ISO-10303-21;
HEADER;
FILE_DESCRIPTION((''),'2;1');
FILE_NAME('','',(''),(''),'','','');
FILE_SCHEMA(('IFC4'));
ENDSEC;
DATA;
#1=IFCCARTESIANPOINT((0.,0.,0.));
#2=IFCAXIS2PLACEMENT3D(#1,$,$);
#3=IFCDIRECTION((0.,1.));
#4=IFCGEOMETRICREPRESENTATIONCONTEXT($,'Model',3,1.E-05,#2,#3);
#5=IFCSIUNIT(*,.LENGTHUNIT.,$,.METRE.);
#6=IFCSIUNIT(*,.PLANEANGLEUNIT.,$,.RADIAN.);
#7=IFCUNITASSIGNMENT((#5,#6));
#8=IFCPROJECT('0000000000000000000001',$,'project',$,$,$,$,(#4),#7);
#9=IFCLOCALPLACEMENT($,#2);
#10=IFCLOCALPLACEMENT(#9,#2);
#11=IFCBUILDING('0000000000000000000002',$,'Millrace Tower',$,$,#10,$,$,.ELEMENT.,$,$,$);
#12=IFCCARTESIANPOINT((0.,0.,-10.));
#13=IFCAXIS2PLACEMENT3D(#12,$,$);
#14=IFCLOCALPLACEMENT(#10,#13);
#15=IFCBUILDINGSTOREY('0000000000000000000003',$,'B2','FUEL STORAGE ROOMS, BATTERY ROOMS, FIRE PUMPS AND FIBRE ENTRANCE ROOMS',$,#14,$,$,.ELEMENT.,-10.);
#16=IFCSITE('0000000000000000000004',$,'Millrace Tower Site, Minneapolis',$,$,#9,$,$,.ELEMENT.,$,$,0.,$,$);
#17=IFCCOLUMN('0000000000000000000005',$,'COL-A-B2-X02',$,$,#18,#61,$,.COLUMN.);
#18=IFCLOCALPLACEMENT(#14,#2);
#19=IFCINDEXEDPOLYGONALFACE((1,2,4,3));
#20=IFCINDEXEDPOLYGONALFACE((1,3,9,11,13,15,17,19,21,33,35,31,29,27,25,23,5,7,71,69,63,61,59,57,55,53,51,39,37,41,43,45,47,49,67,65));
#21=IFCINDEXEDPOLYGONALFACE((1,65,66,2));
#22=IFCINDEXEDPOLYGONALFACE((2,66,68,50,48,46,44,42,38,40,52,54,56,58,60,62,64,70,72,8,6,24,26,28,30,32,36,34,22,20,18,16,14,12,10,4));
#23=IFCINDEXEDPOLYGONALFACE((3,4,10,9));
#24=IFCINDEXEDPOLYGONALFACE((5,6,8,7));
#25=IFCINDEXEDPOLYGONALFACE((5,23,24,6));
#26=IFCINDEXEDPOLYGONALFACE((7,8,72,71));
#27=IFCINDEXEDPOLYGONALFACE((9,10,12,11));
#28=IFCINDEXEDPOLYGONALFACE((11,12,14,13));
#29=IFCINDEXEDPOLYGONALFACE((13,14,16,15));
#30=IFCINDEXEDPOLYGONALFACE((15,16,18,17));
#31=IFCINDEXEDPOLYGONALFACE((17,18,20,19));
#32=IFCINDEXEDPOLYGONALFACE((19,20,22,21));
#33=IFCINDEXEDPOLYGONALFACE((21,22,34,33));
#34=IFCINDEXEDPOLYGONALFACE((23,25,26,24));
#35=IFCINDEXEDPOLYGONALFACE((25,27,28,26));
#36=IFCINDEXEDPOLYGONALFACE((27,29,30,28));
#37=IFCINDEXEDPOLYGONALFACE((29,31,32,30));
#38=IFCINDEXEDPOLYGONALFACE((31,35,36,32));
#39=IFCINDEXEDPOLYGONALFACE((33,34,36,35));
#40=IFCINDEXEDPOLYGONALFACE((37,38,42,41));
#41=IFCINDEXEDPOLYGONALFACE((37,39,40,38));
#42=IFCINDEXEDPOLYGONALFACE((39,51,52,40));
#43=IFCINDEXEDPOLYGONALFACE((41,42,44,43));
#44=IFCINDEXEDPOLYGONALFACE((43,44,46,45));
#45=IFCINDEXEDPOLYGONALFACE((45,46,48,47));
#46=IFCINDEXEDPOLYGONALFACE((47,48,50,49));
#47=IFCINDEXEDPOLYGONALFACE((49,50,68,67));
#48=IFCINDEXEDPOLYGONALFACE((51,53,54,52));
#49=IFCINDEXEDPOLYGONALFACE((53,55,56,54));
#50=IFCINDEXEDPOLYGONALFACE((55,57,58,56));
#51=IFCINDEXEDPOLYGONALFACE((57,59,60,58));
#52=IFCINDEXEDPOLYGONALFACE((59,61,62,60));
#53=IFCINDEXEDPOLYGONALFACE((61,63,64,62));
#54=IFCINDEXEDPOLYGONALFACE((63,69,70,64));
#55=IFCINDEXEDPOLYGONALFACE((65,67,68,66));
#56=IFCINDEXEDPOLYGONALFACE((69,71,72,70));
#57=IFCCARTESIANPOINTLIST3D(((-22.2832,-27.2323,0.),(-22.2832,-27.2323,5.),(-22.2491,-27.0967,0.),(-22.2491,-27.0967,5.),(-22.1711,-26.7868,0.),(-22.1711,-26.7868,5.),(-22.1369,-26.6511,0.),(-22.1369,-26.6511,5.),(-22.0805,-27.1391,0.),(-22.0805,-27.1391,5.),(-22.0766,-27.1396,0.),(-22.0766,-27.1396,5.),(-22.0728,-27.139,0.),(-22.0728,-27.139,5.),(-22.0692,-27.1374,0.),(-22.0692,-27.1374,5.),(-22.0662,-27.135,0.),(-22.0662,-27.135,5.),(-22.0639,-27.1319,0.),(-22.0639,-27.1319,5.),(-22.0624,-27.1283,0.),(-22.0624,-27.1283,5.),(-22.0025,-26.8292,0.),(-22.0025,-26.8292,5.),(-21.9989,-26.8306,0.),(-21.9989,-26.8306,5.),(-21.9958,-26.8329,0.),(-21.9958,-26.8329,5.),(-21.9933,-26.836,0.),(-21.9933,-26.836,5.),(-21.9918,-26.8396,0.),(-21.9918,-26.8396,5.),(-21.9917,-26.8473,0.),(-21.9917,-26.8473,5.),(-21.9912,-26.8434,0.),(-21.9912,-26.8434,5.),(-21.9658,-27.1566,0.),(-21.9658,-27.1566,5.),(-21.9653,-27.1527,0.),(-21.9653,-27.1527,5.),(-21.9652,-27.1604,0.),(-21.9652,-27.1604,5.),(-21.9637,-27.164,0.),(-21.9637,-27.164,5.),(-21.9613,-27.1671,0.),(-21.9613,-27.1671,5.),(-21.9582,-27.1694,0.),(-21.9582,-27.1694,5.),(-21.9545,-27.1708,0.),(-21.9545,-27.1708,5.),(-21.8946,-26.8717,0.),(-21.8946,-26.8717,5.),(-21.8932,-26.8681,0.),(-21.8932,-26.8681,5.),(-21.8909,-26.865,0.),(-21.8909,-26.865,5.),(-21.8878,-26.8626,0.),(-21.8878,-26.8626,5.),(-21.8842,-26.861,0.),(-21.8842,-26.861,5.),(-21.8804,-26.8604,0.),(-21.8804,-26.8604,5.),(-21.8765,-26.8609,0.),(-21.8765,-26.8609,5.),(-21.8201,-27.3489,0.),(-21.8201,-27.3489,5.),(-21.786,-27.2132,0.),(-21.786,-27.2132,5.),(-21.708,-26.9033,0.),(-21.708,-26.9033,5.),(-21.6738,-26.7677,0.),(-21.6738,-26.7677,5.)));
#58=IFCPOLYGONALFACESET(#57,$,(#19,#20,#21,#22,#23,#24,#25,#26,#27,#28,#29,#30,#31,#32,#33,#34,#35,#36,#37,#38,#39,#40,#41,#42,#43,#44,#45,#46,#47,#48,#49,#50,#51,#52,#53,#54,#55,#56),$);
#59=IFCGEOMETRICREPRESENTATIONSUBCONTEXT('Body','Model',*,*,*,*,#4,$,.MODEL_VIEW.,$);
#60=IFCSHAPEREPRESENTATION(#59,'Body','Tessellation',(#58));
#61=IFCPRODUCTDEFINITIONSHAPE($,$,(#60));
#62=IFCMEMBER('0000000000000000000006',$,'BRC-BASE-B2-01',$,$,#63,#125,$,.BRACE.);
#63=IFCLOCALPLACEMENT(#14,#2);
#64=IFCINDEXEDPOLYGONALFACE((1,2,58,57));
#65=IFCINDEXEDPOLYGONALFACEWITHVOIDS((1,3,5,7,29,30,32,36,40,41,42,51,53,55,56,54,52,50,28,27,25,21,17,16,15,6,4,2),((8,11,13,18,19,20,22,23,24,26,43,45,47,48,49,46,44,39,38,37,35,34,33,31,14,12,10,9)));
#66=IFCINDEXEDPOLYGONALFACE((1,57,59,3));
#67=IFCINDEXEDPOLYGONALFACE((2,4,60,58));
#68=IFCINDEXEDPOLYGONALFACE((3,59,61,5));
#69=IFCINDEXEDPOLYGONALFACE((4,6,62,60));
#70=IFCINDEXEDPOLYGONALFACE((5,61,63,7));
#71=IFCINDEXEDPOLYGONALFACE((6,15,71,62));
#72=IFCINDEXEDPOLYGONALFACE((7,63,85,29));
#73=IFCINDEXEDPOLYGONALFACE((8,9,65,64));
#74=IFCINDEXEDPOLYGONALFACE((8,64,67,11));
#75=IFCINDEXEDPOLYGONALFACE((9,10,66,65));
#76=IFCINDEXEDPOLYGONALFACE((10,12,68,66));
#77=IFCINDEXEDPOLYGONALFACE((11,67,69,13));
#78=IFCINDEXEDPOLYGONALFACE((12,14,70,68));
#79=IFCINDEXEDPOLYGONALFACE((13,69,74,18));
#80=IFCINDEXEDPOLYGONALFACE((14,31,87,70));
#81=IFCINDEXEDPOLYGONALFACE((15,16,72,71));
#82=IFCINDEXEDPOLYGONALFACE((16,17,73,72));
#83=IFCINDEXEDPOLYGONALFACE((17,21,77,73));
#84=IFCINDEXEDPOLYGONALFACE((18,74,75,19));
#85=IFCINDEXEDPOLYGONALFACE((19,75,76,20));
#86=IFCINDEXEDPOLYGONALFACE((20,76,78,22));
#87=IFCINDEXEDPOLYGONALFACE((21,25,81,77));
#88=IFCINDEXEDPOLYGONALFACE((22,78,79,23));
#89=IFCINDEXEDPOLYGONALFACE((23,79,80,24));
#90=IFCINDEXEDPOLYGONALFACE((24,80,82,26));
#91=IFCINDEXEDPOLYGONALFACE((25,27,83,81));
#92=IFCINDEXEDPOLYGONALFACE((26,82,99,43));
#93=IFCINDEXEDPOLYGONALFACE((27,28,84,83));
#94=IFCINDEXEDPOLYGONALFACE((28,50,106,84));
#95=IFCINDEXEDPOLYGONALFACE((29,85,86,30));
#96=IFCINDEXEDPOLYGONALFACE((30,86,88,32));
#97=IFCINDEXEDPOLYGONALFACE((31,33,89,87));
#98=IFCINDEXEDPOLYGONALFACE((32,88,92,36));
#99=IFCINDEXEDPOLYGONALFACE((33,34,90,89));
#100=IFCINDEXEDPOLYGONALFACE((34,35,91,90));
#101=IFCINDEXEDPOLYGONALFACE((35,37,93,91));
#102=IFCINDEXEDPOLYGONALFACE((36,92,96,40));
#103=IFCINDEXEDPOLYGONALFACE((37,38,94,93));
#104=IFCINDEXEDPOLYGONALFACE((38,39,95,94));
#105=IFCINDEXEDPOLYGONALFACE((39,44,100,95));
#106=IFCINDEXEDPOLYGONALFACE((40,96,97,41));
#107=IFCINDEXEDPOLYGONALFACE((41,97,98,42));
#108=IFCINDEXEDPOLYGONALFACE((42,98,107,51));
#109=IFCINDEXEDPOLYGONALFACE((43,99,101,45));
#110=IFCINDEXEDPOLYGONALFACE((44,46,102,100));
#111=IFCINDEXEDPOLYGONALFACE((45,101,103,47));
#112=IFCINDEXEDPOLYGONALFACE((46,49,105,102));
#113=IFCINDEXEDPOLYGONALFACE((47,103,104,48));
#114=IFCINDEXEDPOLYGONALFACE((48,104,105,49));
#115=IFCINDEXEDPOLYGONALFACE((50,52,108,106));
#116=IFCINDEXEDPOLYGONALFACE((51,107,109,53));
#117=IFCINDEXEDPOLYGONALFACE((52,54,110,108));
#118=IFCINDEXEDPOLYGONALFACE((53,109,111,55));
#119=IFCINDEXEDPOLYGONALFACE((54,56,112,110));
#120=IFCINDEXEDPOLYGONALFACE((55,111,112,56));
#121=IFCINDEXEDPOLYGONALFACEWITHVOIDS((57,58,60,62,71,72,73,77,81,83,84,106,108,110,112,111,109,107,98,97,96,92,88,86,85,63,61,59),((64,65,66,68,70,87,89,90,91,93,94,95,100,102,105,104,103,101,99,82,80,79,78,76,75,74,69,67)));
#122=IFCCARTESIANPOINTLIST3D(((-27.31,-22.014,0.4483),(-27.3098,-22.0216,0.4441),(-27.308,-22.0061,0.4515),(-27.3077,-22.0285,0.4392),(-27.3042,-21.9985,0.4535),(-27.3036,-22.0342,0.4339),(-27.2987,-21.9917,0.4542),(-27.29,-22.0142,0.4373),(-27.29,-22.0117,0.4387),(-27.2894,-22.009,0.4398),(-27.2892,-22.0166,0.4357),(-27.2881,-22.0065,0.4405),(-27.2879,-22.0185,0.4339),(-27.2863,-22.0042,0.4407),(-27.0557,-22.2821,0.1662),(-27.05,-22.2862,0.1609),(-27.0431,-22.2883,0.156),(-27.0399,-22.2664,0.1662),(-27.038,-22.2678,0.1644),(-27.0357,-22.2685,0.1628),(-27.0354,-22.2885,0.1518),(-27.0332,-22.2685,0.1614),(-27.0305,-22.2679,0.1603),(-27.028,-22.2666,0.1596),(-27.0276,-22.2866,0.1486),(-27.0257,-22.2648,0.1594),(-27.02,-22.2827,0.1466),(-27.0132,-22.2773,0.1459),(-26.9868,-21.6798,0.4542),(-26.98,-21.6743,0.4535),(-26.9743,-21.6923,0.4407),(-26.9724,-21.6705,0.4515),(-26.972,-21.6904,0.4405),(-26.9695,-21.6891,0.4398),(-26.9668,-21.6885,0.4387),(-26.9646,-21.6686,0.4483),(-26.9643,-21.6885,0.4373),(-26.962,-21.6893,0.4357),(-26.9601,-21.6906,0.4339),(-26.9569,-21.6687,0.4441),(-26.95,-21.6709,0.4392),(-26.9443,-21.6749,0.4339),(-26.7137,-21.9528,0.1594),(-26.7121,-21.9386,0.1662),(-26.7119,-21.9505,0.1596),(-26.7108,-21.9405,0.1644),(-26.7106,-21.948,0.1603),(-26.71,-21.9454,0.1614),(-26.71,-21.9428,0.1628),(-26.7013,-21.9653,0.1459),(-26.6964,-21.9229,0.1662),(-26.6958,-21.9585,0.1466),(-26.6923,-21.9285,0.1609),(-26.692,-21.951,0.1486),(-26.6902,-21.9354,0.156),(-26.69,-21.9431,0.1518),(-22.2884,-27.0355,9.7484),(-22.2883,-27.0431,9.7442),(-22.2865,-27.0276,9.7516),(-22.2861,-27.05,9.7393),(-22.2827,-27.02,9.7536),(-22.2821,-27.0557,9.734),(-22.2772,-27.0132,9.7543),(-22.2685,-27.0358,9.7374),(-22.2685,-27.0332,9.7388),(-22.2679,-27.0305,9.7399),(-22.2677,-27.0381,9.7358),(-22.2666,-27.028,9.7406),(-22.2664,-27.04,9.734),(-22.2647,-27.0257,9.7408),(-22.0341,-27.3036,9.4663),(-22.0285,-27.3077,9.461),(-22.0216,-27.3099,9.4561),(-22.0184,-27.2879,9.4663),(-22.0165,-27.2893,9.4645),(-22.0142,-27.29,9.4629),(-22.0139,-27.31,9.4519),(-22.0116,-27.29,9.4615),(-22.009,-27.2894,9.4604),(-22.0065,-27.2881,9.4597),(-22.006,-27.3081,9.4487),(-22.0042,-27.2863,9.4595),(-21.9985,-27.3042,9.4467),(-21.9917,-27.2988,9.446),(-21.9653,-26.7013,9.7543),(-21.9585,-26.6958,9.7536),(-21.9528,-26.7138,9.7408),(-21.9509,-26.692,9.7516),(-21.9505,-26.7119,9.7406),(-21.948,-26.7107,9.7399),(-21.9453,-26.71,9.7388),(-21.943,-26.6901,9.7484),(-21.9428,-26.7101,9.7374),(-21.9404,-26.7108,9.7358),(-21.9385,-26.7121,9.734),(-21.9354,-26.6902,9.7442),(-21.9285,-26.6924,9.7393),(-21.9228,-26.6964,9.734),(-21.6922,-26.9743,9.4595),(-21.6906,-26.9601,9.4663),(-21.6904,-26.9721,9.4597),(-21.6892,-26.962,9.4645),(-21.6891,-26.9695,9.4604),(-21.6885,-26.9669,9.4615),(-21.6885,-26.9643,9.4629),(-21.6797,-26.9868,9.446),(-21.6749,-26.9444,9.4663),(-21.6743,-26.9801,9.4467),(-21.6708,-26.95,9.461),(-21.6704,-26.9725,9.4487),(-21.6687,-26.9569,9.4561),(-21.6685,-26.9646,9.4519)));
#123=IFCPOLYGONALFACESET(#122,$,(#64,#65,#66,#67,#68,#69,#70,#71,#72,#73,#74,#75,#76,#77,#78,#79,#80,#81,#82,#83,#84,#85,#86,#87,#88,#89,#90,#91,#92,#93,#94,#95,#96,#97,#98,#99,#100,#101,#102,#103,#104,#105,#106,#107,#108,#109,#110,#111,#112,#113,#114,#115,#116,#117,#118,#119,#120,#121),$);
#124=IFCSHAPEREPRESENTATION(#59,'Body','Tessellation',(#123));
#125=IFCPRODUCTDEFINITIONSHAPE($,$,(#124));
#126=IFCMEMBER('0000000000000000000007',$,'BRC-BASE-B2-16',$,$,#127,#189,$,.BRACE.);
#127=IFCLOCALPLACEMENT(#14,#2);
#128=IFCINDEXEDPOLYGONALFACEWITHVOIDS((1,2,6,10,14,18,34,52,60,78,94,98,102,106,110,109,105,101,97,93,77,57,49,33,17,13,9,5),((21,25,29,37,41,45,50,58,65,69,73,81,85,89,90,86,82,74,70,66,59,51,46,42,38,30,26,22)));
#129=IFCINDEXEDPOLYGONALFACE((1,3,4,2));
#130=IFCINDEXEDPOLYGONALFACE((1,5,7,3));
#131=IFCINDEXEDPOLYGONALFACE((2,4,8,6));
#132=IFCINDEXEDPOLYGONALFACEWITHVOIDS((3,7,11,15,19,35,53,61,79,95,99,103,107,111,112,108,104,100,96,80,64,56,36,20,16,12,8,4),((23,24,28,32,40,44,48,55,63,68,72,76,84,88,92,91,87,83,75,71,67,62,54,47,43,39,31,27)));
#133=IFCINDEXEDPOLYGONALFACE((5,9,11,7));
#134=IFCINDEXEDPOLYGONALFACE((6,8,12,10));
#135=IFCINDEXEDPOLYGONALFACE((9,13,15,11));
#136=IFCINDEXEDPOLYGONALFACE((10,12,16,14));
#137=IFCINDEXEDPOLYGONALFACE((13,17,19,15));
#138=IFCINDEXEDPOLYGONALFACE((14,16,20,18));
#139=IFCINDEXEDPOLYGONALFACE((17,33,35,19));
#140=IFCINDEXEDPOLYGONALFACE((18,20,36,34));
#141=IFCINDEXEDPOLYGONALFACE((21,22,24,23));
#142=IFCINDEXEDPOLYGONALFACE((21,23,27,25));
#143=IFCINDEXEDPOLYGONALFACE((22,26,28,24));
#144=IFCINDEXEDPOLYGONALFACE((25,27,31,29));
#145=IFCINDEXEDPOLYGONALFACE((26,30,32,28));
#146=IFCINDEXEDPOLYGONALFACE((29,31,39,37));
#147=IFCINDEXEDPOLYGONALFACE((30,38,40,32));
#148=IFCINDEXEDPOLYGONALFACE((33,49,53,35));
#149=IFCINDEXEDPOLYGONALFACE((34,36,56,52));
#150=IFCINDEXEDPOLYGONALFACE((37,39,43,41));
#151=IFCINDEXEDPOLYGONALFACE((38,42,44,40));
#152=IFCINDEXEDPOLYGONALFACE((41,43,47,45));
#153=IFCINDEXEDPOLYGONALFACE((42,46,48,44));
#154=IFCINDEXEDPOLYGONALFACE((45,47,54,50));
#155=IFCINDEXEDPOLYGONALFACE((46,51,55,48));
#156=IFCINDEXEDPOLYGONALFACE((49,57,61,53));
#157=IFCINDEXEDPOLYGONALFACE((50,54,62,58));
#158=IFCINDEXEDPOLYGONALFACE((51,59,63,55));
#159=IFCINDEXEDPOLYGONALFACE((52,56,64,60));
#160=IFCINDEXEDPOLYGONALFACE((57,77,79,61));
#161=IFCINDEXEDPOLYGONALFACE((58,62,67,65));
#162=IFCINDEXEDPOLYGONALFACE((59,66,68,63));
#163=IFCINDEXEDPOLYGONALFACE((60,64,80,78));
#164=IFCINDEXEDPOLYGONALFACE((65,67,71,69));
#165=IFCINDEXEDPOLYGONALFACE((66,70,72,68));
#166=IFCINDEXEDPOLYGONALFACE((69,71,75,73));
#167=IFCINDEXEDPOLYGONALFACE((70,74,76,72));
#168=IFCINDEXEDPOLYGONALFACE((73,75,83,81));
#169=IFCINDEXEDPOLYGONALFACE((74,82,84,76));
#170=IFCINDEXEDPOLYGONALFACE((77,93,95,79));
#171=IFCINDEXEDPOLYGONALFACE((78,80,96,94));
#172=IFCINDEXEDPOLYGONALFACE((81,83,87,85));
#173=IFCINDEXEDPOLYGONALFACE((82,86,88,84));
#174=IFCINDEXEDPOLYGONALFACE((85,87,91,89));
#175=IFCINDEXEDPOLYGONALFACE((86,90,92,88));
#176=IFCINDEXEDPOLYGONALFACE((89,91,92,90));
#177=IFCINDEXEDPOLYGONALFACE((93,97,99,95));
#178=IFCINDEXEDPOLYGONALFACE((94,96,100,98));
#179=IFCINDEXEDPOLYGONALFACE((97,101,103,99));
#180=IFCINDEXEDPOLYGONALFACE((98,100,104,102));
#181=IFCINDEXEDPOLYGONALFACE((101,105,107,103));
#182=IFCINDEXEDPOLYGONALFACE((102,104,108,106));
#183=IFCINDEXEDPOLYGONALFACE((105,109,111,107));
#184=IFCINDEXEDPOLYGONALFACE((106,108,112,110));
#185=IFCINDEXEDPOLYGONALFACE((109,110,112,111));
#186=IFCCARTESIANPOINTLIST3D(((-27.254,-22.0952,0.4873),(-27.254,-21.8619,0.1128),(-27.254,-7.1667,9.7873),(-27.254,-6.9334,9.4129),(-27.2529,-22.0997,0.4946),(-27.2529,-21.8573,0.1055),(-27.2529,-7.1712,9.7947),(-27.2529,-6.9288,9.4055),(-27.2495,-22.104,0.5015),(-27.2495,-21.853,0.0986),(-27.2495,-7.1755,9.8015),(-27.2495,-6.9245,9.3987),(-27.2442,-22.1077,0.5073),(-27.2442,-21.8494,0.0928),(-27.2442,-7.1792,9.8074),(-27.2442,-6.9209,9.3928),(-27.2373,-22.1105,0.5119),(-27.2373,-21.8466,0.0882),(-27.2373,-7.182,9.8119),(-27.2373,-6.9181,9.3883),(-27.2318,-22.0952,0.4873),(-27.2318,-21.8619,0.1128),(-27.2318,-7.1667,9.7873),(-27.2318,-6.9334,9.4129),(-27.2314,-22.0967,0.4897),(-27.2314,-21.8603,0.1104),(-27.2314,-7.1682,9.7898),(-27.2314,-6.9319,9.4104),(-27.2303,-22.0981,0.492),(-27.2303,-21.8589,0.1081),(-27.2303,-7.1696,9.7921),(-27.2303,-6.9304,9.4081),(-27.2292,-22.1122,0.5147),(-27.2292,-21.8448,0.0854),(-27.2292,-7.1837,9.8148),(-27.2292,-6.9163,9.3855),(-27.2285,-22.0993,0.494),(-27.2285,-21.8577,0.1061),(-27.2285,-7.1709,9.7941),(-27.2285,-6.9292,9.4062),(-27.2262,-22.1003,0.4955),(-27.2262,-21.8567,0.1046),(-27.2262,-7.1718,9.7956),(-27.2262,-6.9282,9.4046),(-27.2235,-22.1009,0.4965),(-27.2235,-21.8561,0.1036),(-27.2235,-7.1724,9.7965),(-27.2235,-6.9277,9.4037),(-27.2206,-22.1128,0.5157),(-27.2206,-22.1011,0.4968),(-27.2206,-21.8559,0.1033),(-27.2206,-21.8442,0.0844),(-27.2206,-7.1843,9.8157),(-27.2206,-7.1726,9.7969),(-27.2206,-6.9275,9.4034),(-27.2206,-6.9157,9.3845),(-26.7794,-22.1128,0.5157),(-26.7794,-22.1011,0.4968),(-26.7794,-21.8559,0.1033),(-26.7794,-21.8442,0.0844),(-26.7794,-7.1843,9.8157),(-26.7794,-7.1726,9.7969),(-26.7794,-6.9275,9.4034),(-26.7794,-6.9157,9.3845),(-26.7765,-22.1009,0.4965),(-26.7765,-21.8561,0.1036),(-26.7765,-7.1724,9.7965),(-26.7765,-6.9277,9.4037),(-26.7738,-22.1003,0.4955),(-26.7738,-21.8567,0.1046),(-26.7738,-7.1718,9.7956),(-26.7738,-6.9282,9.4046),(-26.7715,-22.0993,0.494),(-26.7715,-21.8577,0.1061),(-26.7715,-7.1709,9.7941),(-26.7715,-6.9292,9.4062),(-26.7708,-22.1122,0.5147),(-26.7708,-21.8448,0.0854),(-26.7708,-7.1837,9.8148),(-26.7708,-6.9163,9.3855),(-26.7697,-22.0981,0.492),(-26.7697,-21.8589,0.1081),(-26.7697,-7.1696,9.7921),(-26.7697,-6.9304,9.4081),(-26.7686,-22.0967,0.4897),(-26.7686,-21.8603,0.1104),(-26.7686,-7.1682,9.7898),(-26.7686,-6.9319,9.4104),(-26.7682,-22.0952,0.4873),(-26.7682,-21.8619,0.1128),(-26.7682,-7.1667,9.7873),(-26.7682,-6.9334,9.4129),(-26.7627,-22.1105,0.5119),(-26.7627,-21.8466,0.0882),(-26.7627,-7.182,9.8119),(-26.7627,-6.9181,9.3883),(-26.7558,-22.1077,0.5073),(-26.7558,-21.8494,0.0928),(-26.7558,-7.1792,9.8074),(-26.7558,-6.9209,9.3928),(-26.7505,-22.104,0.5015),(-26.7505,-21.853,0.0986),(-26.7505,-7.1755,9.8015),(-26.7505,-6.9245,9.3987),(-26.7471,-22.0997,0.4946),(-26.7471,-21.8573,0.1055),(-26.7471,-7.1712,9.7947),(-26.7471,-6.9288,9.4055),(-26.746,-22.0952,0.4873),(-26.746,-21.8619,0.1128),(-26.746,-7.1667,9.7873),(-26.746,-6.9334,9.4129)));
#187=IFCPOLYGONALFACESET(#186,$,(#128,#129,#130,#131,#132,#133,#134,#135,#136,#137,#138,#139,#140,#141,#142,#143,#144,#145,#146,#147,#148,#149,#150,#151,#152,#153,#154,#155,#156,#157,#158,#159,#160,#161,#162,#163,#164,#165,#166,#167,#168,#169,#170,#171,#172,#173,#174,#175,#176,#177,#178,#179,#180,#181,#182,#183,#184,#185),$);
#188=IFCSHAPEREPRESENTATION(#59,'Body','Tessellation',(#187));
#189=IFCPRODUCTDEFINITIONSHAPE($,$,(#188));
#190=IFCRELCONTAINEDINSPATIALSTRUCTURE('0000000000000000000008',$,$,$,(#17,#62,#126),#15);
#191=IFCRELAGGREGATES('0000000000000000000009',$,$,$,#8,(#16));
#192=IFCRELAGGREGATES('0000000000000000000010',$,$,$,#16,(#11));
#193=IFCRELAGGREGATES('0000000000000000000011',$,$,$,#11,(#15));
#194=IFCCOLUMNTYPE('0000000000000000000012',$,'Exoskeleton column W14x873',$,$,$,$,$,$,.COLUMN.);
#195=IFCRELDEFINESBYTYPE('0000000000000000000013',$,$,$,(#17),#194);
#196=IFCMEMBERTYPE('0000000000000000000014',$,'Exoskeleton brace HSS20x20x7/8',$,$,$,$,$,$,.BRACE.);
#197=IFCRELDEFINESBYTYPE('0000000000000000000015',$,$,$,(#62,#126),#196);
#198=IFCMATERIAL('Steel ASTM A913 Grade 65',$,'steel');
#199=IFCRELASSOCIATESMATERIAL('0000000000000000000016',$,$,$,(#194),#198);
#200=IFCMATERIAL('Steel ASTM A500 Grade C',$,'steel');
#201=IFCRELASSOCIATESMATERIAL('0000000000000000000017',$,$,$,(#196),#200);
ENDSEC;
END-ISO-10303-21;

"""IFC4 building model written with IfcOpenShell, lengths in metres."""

from ifc_helpers import new_model, si_unit, direction, frame, origin, origin_2d, place, context, subcontext, project, spatial, hollow_rectangle, i_section, extrude, material, material_profile, profile_set, type_object, element, save


model = new_model("IFC4")

# Units and contexts
model_context = context("Model", 3, precision=1e-05, world=origin(), true_north=direction((0.0, 1.0)))
body_context = subcontext(model_context, "Body", "Model", "MODEL_VIEW")
ifc_project = project(units=[si_unit("LENGTHUNIT", "METRE"), si_unit("PLANEANGLEUNIT", "RADIAN")], contexts=[model_context])

# Site, building, storey
site_placement = place(None, origin())
site = spatial("IfcSite", under=ifc_project, at=site_placement, Name="Millrace Tower Site, Minneapolis", CompositionType="ELEMENT", RefElevation=0.0)
building_placement = place(site_placement, origin())
building = spatial("IfcBuilding", under=site, at=building_placement, Name="Millrace Tower", CompositionType="ELEMENT")
storey_placement = place(building_placement, frame((0.0, 0.0, -10.0)))
storey = spatial("IfcBuildingStorey", under=building, at=storey_placement, Name="B2", Description="FUEL STORAGE ROOMS, BATTERY ROOMS, FIRE PUMPS AND FIBRE ENTRANCE ROOMS", CompositionType="ELEMENT", Elevation=-10.0)

# Column
ifc_material_1 = material(Name="Steel ASTM A913 Grade 65", Category="steel")
ifc_material_profile_1 = material_profile(ifc_material_1, i_section(OverallWidth=0.4775, OverallDepth=0.5994, WebThickness=0.1001, FlangeThickness=0.1399, FilletRadius=0.0149, at=origin_2d()))
ifc_profile_set_1 = profile_set([ifc_material_profile_1], Name="Steel ASTM A913 Grade 65")
column_type = type_object("IfcColumnType", Name="Exoskeleton column W14x873", PredefinedType="COLUMN", material=ifc_profile_set_1)
for number, where, z_axis, x_axis, name in (
    (1, (-21.9785, -27.0, 0.0), (0.0, 0.0, 1.0), (0.969752, -0.244094, 0.0), "COL-A-B2-X02"),
):
    element("IfcColumn", number, at=place(storey_placement, frame(where, z_axis=z_axis, x_axis=x_axis)), inside=storey, type_object=column_type, Name=name, PredefinedType="COLUMN", context=body_context, shape_type="SweptSolid", body=[
        extrude(i_section(OverallWidth=0.4775, OverallDepth=0.5994, WebThickness=0.1001, FlangeThickness=0.1399, FilletRadius=0.0149, at=origin_2d()), origin(), (0.0, 0.0, 1.0), 5.0),
    ])

# Members
ifc_material_2 = material(Name="Steel ASTM A500 Grade C", Category="steel")
ifc_material_profile_2 = material_profile(ifc_material_2, hollow_rectangle(XDim=0.5081, YDim=0.5081, WallThickness=0.0222, InnerFilletRadius=0.0112, OuterFilletRadius=0.0334, at=origin_2d()))
ifc_profile_set_2 = profile_set([ifc_material_profile_2], Name="Steel ASTM A500 Grade C")
member_type = type_object("IfcMemberType", Name="Exoskeleton brace HSS20x20x7/8", PredefinedType="BRACE", material=ifc_profile_set_2)
member_1_placement = place(storey_placement, frame((-27.0, -21.9785, 0.3), z_axis=(0.429137, -0.429137, 0.794784), x_axis=(0.707107, 0.707107, 0.0)))
element("IfcMember", 2, at=member_1_placement, inside=storey, type_object=member_type, Name="BRC-BASE-B2-01", PredefinedType="BRACE", context=body_context, shape_type="SweptSolid", body=[
    extrude(hollow_rectangle(XDim=0.5081, YDim=0.5081, WallThickness=0.0222, InnerFilletRadius=0.0112, OuterFilletRadius=0.0334, at=origin_2d()), origin(), (0.0, 0.0, 1.0), 11.7014),
])
member_2_placement = place(storey_placement, frame((-27.0, -21.9785, 0.3), z_axis=(0.0, 0.84877, 0.528762), x_axis=(-1.0, 0.0, 0.0)))
element("IfcMember", 3, at=member_2_placement, inside=storey, type_object=member_type, Name="BRC-BASE-B2-16", PredefinedType="BRACE", context=body_context, shape_type="SweptSolid", body=[
    extrude(hollow_rectangle(XDim=0.5081, YDim=0.5081, WallThickness=0.0222, InnerFilletRadius=0.0112, OuterFilletRadius=0.0334, at=origin_2d()), origin(), (0.0, 0.0, 1.0), 17.5884),
])

save(model, "model.ifc")
